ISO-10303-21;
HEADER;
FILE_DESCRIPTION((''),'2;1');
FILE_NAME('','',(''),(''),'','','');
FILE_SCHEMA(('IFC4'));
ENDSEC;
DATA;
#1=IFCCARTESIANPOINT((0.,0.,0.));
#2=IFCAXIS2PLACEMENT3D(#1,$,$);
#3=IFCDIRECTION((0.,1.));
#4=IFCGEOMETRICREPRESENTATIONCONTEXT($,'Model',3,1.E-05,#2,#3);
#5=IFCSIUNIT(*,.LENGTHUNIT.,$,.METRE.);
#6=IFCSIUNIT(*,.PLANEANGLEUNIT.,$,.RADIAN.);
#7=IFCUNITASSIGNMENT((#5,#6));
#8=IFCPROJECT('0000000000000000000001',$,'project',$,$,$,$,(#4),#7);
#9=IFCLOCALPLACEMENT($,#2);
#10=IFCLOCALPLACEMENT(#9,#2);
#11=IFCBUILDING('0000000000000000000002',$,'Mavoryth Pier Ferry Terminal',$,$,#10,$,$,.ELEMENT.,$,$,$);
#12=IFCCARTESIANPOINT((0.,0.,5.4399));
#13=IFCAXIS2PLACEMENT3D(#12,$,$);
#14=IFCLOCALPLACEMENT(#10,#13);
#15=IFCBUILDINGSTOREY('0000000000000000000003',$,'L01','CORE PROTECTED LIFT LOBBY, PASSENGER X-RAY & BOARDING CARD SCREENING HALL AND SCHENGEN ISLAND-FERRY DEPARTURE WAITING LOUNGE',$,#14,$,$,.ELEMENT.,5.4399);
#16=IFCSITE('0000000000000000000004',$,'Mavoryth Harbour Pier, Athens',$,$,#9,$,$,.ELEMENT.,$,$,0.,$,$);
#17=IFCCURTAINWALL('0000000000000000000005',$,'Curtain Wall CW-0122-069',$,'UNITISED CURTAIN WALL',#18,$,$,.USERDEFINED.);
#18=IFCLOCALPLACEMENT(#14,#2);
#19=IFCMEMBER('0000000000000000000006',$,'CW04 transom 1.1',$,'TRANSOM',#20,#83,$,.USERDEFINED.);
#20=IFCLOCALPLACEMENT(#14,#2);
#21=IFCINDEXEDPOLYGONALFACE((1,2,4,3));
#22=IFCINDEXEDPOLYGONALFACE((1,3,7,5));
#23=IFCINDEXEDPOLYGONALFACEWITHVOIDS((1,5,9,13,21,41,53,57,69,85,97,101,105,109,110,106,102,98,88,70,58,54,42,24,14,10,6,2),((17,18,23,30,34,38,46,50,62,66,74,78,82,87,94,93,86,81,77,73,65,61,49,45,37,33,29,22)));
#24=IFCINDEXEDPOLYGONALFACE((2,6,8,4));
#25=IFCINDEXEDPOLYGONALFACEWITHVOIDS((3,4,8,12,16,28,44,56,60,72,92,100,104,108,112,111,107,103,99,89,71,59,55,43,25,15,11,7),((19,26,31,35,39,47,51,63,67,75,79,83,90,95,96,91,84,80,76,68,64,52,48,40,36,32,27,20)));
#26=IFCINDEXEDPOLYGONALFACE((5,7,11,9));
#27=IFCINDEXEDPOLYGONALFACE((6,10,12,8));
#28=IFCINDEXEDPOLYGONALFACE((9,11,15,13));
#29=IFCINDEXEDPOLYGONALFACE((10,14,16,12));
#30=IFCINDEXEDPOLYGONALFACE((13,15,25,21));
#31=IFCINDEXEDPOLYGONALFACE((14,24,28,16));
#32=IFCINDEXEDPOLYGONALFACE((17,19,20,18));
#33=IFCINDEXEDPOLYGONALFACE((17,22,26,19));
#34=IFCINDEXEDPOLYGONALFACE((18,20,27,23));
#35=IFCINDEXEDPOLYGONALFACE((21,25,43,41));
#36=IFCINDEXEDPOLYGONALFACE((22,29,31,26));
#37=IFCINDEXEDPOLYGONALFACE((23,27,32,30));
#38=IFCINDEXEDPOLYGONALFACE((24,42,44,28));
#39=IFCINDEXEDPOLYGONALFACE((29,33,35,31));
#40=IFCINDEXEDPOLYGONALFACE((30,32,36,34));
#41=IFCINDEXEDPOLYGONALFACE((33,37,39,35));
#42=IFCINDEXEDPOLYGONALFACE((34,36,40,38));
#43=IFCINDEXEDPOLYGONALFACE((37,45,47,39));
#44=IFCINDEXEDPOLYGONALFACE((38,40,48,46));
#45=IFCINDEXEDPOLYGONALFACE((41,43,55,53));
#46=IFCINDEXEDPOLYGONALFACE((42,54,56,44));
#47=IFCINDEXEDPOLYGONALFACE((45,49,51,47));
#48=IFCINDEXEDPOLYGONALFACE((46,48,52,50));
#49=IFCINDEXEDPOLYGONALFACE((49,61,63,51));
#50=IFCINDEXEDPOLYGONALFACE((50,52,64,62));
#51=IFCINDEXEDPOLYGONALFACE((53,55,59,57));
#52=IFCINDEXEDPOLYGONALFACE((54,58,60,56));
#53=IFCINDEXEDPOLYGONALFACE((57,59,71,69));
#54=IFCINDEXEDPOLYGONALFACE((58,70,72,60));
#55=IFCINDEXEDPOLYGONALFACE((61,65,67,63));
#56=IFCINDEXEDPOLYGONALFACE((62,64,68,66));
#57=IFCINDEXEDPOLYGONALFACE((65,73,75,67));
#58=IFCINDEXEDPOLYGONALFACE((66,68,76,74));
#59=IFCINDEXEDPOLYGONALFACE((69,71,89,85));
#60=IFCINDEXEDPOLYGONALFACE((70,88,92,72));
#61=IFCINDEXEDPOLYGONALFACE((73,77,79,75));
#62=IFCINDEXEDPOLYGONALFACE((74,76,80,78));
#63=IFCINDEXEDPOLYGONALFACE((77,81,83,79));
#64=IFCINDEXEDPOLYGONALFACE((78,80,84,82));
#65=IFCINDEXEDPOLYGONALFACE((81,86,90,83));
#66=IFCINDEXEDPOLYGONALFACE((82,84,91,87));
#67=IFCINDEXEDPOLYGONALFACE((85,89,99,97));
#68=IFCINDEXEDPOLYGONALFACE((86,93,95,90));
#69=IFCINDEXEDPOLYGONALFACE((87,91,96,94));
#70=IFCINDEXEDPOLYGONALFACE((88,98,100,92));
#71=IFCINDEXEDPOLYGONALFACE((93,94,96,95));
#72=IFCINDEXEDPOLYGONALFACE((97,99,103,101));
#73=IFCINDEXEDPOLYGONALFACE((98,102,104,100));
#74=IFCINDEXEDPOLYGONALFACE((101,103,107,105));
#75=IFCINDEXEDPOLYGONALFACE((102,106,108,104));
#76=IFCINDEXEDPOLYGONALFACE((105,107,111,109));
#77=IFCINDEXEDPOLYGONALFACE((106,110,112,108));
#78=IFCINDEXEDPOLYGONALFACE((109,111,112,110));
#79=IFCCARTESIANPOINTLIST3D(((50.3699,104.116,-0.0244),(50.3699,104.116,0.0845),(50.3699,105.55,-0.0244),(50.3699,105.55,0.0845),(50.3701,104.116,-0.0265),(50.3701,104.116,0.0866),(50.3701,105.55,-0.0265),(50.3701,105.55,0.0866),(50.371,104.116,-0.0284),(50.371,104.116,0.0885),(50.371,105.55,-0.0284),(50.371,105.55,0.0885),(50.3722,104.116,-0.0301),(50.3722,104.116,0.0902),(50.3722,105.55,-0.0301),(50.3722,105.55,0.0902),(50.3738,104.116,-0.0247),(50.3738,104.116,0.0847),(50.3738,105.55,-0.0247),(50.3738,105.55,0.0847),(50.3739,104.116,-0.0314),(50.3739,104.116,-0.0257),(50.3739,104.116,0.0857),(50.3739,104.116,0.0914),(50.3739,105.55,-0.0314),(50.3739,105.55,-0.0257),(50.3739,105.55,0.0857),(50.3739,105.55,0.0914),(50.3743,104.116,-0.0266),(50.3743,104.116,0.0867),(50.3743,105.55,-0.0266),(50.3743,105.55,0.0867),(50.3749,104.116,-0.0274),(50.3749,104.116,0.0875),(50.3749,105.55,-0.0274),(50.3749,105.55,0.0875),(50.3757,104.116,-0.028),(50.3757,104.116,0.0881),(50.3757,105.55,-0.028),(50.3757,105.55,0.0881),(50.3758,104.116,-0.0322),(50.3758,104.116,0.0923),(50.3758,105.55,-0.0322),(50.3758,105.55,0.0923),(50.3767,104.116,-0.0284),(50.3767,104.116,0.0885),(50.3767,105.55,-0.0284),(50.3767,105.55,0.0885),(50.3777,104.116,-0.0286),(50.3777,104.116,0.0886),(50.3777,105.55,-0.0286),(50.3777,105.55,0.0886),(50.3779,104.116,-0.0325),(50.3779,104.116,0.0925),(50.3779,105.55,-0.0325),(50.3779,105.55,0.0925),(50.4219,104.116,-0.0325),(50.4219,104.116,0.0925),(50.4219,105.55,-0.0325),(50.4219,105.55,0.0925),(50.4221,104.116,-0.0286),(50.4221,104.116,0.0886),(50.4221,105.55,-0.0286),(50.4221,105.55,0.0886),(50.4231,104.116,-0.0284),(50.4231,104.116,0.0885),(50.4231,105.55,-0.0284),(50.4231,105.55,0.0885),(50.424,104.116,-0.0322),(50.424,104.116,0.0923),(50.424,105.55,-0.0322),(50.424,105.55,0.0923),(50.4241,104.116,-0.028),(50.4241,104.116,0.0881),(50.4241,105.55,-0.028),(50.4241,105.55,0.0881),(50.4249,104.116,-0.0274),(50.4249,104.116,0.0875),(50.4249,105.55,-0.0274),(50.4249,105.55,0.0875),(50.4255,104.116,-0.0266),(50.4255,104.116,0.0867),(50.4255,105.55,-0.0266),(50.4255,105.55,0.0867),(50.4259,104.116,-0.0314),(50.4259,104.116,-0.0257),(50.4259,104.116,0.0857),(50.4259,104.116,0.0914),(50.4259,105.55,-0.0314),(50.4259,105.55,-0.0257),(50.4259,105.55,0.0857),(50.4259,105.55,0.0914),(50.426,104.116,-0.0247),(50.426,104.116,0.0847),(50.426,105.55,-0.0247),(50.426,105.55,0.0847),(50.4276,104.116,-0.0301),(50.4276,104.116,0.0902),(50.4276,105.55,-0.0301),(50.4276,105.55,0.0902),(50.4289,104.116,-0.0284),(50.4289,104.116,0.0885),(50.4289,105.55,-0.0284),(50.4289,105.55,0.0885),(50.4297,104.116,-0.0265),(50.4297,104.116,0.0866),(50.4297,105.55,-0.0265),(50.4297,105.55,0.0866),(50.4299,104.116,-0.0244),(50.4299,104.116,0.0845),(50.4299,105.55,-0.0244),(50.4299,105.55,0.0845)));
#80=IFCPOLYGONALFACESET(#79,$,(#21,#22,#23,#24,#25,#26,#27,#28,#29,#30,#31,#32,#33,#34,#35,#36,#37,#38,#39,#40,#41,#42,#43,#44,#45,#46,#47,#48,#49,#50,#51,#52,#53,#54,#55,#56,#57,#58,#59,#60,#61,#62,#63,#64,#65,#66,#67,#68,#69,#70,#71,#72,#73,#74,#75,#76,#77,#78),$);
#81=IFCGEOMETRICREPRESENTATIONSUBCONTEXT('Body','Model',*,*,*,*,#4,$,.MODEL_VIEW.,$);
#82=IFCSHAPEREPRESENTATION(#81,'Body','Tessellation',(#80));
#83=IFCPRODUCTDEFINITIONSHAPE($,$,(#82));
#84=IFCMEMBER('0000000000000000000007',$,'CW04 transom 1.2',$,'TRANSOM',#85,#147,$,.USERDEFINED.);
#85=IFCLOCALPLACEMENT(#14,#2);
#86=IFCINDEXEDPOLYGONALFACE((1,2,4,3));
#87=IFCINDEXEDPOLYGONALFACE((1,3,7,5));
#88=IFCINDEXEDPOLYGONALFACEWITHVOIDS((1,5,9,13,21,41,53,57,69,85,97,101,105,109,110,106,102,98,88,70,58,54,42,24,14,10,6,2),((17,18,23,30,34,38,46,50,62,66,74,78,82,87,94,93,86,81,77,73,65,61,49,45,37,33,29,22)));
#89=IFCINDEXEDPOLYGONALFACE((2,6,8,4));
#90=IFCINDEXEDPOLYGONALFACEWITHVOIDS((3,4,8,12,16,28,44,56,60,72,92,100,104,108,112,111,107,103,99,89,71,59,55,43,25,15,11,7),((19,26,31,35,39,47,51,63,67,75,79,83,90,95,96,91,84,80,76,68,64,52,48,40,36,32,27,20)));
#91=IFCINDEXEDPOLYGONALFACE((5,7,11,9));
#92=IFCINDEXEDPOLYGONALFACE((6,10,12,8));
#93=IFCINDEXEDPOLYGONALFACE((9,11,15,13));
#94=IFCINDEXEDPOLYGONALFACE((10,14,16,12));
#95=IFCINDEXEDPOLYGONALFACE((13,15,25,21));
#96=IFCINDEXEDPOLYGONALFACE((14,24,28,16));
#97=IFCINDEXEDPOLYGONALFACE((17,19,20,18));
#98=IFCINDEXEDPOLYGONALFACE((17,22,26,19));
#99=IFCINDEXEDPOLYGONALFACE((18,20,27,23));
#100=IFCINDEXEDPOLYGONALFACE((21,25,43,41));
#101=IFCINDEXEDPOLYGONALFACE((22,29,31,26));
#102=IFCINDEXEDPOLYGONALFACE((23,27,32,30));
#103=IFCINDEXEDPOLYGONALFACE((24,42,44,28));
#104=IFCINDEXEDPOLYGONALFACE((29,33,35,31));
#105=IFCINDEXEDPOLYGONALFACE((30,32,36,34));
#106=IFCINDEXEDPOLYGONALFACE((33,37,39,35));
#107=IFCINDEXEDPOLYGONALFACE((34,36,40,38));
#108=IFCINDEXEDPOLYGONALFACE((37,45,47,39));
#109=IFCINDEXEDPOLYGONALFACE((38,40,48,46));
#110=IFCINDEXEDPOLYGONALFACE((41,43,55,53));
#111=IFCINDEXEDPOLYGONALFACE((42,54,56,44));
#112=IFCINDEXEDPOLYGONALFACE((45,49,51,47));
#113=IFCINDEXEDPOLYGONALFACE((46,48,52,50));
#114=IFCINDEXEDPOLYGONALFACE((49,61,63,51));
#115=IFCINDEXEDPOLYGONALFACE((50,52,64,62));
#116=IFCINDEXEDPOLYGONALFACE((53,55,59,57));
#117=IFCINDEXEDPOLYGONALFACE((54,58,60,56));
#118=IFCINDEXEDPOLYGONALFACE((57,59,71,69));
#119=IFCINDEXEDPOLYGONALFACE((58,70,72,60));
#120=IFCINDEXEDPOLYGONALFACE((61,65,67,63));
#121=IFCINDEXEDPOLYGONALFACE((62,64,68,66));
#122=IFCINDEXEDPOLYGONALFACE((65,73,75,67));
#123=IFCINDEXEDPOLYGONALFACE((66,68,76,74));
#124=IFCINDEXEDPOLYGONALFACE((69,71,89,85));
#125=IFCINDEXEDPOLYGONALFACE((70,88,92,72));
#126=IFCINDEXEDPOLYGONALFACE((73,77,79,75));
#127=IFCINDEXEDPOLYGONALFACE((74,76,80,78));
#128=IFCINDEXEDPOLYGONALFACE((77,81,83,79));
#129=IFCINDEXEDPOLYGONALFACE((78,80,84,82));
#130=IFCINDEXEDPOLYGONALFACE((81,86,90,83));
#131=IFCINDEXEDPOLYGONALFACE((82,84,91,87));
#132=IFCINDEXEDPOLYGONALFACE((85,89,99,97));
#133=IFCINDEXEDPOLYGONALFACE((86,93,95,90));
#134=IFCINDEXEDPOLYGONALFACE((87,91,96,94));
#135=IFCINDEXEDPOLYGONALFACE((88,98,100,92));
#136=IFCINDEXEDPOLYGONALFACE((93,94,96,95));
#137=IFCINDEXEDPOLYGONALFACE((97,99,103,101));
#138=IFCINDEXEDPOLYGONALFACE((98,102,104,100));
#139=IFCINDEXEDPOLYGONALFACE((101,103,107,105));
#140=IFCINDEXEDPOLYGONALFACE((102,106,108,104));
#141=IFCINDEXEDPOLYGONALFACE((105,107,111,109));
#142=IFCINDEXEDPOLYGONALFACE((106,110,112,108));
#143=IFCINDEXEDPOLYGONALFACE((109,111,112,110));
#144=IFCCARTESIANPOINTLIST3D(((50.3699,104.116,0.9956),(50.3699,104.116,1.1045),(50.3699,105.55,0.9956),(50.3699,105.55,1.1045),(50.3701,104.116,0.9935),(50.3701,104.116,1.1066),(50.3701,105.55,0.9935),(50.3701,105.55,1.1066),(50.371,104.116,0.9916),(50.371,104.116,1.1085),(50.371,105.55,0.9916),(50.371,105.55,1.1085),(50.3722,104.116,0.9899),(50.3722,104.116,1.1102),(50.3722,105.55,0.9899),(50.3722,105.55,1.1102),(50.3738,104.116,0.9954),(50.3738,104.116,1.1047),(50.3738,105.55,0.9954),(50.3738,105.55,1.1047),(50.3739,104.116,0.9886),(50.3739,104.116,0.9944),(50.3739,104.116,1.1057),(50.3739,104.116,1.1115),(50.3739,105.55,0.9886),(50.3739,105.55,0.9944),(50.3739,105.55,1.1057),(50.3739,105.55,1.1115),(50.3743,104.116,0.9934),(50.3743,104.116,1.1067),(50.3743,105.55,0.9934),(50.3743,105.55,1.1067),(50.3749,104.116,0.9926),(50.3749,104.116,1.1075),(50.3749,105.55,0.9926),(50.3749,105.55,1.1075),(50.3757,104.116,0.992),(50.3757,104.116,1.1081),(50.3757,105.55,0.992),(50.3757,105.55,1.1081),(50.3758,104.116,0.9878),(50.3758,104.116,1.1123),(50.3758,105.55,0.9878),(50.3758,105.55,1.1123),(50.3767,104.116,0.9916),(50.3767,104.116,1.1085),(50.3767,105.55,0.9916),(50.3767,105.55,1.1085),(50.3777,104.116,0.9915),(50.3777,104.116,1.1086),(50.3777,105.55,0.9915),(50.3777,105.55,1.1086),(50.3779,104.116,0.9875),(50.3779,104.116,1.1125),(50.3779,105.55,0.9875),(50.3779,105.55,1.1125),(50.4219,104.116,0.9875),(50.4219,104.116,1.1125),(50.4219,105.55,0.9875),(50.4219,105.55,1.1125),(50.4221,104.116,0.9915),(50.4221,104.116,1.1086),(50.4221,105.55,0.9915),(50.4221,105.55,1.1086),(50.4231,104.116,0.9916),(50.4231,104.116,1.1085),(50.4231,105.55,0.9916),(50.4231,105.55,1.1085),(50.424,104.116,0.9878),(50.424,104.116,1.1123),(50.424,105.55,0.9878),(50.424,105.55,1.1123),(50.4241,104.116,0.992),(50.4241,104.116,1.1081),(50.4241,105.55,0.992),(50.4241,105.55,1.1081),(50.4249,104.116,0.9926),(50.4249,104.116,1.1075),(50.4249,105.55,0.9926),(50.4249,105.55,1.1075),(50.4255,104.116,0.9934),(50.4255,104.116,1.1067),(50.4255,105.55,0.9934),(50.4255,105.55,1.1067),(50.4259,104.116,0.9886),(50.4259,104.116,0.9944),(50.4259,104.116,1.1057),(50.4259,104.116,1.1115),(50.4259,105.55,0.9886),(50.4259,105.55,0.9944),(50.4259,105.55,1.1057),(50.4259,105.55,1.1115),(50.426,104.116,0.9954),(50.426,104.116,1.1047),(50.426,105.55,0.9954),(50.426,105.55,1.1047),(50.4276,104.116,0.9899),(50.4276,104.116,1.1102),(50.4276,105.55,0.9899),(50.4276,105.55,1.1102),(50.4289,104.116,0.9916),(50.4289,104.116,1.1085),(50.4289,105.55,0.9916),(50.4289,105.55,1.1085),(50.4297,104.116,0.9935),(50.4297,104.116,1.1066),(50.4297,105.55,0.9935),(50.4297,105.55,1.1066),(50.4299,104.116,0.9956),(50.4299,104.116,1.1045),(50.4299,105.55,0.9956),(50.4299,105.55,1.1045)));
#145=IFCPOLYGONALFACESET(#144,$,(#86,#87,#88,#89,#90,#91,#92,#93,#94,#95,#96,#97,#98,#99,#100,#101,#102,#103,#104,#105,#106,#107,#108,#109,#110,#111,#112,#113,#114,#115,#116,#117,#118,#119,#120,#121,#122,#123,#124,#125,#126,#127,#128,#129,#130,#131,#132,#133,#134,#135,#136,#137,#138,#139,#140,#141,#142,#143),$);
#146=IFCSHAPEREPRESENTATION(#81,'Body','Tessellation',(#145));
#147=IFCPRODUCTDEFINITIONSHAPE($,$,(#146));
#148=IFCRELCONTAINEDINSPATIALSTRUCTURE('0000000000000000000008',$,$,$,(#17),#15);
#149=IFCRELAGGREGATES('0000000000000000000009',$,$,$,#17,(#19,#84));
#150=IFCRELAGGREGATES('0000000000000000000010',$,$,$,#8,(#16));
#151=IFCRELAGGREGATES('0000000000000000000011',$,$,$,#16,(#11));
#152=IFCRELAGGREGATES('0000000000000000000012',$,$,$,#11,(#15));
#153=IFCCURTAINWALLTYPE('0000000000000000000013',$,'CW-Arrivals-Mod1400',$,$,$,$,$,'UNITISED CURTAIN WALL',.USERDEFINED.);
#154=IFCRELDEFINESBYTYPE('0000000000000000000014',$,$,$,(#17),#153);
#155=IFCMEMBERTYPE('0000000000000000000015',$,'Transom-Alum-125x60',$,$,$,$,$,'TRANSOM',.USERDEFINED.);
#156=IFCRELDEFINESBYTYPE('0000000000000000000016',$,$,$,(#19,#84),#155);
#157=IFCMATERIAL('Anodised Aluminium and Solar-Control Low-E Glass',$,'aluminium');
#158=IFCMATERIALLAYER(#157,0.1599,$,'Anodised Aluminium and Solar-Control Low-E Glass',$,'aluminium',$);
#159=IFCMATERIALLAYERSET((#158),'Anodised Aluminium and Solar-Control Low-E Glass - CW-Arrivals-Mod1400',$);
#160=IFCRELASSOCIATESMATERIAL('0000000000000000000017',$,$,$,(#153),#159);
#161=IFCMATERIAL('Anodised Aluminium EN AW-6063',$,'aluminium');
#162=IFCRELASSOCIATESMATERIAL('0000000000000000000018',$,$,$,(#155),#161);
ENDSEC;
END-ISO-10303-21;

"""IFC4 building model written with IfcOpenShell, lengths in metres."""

from ifc_helpers import new_model, si_unit, direction, frame, origin, origin_2d, place, context, subcontext, project, spatial, hollow_rectangle, extrude, material, layer, layer_set, material_profile, profile_set, type_object, element, aggregate, save


model = new_model("IFC4")

# Units and contexts
model_context = context("Model", 3, precision=1e-05, world=origin(), true_north=direction((0.0, 1.0)))
body_context = subcontext(model_context, "Body", "Model", "MODEL_VIEW")
ifc_project = project(units=[si_unit("LENGTHUNIT", "METRE"), si_unit("PLANEANGLEUNIT", "RADIAN")], contexts=[model_context])

# Site, building, storey
site_placement = place(None, origin())
site = spatial("IfcSite", under=ifc_project, at=site_placement, Name="Mavoryth Harbour Pier, Athens", CompositionType="ELEMENT", RefElevation=0.0)
building_placement = place(site_placement, origin())
building = spatial("IfcBuilding", under=site, at=building_placement, Name="Mavoryth Pier Ferry Terminal", CompositionType="ELEMENT")
storey_placement = place(building_placement, frame((0.0, 0.0, 5.4399)))
storey = spatial("IfcBuildingStorey", under=building, at=storey_placement, Name="L01", Description="CORE PROTECTED LIFT LOBBY, PASSENGER X-RAY & BOARDING CARD SCREENING HALL AND SCHENGEN ISLAND-FERRY DEPARTURE WAITING LOUNGE", CompositionType="ELEMENT", Elevation=5.4399)

# Curtain wall
ifc_material_1 = material(Name="Anodised Aluminium and Solar-Control Low-E Glass", Category="aluminium")
ifc_layer_1 = layer(ifc_material_1, 0.1599, Name="Anodised Aluminium and Solar-Control Low-E Glass", Category="aluminium")
ifc_layer_set_1 = layer_set([ifc_layer_1], Name="Anodised Aluminium and Solar-Control Low-E Glass - CW-Arrivals-Mod1400")
curtain_wall_type = type_object("IfcCurtainWallType", Name="CW-Arrivals-Mod1400", ElementType="UNITISED CURTAIN WALL", PredefinedType="USERDEFINED", material=ifc_layer_set_1)
curtain_wall_placement = place(storey_placement, origin())
curtain_wall = element("IfcCurtainWall", 1, at=curtain_wall_placement, inside=storey, type_object=curtain_wall_type, Name="Curtain Wall CW-0122-069", ObjectType="UNITISED CURTAIN WALL", PredefinedType="USERDEFINED")
ifc_material_2 = material(Name="Anodised Aluminium EN AW-6063", Category="aluminium")

# Members
ifc_material_profile_1 = material_profile(ifc_material_2, hollow_rectangle(XDim=0.0601, YDim=0.125, WallThickness=0.0039, InnerFilletRadius=0.0039, OuterFilletRadius=0.0081, at=origin_2d()), Name="AL-TRAN 125x60x4", Category="aluminium")
ifc_profile_set_1 = profile_set([ifc_material_profile_1], Name="Anodised Aluminium EN AW-6063 - AL-TRAN 125x60x4")
member_type_1 = type_object("IfcMemberType", Name="Transom-Alum-125x60", ElementType="TRANSOM", PredefinedType="USERDEFINED", material=ifc_profile_set_1)
member_1_placement = place(storey_placement, frame((50.3999, 105.55, 0.03), z_axis=(0.0, -1.0, 0.0), x_axis=(1.0, 0.0, 0.0)))
member_1 = element("IfcMember", 2, at=member_1_placement, type_object=member_type_1, Name="CW04 transom 1.1", ObjectType="TRANSOM", PredefinedType="USERDEFINED", context=body_context, shape_type="SweptSolid", body=[
    extrude(hollow_rectangle(XDim=0.0601, YDim=0.125, WallThickness=0.0039, InnerFilletRadius=0.0039, OuterFilletRadius=0.0081, at=origin_2d()), origin(), (0.0, 0.0, 1.0), 1.4341),
])
member_2_placement = place(storey_placement, frame((50.3999, 105.55, 1.05), z_axis=(0.0, -1.0, 0.0), x_axis=(1.0, 0.0, 0.0)))
member_2 = element("IfcMember", 3, at=member_2_placement, type_object=member_type_1, Name="CW04 transom 1.2", ObjectType="TRANSOM", PredefinedType="USERDEFINED", context=body_context, shape_type="SweptSolid", body=[
    extrude(hollow_rectangle(XDim=0.0601, YDim=0.125, WallThickness=0.0039, InnerFilletRadius=0.0039, OuterFilletRadius=0.0081, at=origin_2d()), origin(), (0.0, 0.0, 1.0), 1.4341),
])

aggregate(curtain_wall, [member_1, member_2])

save(model, "model.ifc")
